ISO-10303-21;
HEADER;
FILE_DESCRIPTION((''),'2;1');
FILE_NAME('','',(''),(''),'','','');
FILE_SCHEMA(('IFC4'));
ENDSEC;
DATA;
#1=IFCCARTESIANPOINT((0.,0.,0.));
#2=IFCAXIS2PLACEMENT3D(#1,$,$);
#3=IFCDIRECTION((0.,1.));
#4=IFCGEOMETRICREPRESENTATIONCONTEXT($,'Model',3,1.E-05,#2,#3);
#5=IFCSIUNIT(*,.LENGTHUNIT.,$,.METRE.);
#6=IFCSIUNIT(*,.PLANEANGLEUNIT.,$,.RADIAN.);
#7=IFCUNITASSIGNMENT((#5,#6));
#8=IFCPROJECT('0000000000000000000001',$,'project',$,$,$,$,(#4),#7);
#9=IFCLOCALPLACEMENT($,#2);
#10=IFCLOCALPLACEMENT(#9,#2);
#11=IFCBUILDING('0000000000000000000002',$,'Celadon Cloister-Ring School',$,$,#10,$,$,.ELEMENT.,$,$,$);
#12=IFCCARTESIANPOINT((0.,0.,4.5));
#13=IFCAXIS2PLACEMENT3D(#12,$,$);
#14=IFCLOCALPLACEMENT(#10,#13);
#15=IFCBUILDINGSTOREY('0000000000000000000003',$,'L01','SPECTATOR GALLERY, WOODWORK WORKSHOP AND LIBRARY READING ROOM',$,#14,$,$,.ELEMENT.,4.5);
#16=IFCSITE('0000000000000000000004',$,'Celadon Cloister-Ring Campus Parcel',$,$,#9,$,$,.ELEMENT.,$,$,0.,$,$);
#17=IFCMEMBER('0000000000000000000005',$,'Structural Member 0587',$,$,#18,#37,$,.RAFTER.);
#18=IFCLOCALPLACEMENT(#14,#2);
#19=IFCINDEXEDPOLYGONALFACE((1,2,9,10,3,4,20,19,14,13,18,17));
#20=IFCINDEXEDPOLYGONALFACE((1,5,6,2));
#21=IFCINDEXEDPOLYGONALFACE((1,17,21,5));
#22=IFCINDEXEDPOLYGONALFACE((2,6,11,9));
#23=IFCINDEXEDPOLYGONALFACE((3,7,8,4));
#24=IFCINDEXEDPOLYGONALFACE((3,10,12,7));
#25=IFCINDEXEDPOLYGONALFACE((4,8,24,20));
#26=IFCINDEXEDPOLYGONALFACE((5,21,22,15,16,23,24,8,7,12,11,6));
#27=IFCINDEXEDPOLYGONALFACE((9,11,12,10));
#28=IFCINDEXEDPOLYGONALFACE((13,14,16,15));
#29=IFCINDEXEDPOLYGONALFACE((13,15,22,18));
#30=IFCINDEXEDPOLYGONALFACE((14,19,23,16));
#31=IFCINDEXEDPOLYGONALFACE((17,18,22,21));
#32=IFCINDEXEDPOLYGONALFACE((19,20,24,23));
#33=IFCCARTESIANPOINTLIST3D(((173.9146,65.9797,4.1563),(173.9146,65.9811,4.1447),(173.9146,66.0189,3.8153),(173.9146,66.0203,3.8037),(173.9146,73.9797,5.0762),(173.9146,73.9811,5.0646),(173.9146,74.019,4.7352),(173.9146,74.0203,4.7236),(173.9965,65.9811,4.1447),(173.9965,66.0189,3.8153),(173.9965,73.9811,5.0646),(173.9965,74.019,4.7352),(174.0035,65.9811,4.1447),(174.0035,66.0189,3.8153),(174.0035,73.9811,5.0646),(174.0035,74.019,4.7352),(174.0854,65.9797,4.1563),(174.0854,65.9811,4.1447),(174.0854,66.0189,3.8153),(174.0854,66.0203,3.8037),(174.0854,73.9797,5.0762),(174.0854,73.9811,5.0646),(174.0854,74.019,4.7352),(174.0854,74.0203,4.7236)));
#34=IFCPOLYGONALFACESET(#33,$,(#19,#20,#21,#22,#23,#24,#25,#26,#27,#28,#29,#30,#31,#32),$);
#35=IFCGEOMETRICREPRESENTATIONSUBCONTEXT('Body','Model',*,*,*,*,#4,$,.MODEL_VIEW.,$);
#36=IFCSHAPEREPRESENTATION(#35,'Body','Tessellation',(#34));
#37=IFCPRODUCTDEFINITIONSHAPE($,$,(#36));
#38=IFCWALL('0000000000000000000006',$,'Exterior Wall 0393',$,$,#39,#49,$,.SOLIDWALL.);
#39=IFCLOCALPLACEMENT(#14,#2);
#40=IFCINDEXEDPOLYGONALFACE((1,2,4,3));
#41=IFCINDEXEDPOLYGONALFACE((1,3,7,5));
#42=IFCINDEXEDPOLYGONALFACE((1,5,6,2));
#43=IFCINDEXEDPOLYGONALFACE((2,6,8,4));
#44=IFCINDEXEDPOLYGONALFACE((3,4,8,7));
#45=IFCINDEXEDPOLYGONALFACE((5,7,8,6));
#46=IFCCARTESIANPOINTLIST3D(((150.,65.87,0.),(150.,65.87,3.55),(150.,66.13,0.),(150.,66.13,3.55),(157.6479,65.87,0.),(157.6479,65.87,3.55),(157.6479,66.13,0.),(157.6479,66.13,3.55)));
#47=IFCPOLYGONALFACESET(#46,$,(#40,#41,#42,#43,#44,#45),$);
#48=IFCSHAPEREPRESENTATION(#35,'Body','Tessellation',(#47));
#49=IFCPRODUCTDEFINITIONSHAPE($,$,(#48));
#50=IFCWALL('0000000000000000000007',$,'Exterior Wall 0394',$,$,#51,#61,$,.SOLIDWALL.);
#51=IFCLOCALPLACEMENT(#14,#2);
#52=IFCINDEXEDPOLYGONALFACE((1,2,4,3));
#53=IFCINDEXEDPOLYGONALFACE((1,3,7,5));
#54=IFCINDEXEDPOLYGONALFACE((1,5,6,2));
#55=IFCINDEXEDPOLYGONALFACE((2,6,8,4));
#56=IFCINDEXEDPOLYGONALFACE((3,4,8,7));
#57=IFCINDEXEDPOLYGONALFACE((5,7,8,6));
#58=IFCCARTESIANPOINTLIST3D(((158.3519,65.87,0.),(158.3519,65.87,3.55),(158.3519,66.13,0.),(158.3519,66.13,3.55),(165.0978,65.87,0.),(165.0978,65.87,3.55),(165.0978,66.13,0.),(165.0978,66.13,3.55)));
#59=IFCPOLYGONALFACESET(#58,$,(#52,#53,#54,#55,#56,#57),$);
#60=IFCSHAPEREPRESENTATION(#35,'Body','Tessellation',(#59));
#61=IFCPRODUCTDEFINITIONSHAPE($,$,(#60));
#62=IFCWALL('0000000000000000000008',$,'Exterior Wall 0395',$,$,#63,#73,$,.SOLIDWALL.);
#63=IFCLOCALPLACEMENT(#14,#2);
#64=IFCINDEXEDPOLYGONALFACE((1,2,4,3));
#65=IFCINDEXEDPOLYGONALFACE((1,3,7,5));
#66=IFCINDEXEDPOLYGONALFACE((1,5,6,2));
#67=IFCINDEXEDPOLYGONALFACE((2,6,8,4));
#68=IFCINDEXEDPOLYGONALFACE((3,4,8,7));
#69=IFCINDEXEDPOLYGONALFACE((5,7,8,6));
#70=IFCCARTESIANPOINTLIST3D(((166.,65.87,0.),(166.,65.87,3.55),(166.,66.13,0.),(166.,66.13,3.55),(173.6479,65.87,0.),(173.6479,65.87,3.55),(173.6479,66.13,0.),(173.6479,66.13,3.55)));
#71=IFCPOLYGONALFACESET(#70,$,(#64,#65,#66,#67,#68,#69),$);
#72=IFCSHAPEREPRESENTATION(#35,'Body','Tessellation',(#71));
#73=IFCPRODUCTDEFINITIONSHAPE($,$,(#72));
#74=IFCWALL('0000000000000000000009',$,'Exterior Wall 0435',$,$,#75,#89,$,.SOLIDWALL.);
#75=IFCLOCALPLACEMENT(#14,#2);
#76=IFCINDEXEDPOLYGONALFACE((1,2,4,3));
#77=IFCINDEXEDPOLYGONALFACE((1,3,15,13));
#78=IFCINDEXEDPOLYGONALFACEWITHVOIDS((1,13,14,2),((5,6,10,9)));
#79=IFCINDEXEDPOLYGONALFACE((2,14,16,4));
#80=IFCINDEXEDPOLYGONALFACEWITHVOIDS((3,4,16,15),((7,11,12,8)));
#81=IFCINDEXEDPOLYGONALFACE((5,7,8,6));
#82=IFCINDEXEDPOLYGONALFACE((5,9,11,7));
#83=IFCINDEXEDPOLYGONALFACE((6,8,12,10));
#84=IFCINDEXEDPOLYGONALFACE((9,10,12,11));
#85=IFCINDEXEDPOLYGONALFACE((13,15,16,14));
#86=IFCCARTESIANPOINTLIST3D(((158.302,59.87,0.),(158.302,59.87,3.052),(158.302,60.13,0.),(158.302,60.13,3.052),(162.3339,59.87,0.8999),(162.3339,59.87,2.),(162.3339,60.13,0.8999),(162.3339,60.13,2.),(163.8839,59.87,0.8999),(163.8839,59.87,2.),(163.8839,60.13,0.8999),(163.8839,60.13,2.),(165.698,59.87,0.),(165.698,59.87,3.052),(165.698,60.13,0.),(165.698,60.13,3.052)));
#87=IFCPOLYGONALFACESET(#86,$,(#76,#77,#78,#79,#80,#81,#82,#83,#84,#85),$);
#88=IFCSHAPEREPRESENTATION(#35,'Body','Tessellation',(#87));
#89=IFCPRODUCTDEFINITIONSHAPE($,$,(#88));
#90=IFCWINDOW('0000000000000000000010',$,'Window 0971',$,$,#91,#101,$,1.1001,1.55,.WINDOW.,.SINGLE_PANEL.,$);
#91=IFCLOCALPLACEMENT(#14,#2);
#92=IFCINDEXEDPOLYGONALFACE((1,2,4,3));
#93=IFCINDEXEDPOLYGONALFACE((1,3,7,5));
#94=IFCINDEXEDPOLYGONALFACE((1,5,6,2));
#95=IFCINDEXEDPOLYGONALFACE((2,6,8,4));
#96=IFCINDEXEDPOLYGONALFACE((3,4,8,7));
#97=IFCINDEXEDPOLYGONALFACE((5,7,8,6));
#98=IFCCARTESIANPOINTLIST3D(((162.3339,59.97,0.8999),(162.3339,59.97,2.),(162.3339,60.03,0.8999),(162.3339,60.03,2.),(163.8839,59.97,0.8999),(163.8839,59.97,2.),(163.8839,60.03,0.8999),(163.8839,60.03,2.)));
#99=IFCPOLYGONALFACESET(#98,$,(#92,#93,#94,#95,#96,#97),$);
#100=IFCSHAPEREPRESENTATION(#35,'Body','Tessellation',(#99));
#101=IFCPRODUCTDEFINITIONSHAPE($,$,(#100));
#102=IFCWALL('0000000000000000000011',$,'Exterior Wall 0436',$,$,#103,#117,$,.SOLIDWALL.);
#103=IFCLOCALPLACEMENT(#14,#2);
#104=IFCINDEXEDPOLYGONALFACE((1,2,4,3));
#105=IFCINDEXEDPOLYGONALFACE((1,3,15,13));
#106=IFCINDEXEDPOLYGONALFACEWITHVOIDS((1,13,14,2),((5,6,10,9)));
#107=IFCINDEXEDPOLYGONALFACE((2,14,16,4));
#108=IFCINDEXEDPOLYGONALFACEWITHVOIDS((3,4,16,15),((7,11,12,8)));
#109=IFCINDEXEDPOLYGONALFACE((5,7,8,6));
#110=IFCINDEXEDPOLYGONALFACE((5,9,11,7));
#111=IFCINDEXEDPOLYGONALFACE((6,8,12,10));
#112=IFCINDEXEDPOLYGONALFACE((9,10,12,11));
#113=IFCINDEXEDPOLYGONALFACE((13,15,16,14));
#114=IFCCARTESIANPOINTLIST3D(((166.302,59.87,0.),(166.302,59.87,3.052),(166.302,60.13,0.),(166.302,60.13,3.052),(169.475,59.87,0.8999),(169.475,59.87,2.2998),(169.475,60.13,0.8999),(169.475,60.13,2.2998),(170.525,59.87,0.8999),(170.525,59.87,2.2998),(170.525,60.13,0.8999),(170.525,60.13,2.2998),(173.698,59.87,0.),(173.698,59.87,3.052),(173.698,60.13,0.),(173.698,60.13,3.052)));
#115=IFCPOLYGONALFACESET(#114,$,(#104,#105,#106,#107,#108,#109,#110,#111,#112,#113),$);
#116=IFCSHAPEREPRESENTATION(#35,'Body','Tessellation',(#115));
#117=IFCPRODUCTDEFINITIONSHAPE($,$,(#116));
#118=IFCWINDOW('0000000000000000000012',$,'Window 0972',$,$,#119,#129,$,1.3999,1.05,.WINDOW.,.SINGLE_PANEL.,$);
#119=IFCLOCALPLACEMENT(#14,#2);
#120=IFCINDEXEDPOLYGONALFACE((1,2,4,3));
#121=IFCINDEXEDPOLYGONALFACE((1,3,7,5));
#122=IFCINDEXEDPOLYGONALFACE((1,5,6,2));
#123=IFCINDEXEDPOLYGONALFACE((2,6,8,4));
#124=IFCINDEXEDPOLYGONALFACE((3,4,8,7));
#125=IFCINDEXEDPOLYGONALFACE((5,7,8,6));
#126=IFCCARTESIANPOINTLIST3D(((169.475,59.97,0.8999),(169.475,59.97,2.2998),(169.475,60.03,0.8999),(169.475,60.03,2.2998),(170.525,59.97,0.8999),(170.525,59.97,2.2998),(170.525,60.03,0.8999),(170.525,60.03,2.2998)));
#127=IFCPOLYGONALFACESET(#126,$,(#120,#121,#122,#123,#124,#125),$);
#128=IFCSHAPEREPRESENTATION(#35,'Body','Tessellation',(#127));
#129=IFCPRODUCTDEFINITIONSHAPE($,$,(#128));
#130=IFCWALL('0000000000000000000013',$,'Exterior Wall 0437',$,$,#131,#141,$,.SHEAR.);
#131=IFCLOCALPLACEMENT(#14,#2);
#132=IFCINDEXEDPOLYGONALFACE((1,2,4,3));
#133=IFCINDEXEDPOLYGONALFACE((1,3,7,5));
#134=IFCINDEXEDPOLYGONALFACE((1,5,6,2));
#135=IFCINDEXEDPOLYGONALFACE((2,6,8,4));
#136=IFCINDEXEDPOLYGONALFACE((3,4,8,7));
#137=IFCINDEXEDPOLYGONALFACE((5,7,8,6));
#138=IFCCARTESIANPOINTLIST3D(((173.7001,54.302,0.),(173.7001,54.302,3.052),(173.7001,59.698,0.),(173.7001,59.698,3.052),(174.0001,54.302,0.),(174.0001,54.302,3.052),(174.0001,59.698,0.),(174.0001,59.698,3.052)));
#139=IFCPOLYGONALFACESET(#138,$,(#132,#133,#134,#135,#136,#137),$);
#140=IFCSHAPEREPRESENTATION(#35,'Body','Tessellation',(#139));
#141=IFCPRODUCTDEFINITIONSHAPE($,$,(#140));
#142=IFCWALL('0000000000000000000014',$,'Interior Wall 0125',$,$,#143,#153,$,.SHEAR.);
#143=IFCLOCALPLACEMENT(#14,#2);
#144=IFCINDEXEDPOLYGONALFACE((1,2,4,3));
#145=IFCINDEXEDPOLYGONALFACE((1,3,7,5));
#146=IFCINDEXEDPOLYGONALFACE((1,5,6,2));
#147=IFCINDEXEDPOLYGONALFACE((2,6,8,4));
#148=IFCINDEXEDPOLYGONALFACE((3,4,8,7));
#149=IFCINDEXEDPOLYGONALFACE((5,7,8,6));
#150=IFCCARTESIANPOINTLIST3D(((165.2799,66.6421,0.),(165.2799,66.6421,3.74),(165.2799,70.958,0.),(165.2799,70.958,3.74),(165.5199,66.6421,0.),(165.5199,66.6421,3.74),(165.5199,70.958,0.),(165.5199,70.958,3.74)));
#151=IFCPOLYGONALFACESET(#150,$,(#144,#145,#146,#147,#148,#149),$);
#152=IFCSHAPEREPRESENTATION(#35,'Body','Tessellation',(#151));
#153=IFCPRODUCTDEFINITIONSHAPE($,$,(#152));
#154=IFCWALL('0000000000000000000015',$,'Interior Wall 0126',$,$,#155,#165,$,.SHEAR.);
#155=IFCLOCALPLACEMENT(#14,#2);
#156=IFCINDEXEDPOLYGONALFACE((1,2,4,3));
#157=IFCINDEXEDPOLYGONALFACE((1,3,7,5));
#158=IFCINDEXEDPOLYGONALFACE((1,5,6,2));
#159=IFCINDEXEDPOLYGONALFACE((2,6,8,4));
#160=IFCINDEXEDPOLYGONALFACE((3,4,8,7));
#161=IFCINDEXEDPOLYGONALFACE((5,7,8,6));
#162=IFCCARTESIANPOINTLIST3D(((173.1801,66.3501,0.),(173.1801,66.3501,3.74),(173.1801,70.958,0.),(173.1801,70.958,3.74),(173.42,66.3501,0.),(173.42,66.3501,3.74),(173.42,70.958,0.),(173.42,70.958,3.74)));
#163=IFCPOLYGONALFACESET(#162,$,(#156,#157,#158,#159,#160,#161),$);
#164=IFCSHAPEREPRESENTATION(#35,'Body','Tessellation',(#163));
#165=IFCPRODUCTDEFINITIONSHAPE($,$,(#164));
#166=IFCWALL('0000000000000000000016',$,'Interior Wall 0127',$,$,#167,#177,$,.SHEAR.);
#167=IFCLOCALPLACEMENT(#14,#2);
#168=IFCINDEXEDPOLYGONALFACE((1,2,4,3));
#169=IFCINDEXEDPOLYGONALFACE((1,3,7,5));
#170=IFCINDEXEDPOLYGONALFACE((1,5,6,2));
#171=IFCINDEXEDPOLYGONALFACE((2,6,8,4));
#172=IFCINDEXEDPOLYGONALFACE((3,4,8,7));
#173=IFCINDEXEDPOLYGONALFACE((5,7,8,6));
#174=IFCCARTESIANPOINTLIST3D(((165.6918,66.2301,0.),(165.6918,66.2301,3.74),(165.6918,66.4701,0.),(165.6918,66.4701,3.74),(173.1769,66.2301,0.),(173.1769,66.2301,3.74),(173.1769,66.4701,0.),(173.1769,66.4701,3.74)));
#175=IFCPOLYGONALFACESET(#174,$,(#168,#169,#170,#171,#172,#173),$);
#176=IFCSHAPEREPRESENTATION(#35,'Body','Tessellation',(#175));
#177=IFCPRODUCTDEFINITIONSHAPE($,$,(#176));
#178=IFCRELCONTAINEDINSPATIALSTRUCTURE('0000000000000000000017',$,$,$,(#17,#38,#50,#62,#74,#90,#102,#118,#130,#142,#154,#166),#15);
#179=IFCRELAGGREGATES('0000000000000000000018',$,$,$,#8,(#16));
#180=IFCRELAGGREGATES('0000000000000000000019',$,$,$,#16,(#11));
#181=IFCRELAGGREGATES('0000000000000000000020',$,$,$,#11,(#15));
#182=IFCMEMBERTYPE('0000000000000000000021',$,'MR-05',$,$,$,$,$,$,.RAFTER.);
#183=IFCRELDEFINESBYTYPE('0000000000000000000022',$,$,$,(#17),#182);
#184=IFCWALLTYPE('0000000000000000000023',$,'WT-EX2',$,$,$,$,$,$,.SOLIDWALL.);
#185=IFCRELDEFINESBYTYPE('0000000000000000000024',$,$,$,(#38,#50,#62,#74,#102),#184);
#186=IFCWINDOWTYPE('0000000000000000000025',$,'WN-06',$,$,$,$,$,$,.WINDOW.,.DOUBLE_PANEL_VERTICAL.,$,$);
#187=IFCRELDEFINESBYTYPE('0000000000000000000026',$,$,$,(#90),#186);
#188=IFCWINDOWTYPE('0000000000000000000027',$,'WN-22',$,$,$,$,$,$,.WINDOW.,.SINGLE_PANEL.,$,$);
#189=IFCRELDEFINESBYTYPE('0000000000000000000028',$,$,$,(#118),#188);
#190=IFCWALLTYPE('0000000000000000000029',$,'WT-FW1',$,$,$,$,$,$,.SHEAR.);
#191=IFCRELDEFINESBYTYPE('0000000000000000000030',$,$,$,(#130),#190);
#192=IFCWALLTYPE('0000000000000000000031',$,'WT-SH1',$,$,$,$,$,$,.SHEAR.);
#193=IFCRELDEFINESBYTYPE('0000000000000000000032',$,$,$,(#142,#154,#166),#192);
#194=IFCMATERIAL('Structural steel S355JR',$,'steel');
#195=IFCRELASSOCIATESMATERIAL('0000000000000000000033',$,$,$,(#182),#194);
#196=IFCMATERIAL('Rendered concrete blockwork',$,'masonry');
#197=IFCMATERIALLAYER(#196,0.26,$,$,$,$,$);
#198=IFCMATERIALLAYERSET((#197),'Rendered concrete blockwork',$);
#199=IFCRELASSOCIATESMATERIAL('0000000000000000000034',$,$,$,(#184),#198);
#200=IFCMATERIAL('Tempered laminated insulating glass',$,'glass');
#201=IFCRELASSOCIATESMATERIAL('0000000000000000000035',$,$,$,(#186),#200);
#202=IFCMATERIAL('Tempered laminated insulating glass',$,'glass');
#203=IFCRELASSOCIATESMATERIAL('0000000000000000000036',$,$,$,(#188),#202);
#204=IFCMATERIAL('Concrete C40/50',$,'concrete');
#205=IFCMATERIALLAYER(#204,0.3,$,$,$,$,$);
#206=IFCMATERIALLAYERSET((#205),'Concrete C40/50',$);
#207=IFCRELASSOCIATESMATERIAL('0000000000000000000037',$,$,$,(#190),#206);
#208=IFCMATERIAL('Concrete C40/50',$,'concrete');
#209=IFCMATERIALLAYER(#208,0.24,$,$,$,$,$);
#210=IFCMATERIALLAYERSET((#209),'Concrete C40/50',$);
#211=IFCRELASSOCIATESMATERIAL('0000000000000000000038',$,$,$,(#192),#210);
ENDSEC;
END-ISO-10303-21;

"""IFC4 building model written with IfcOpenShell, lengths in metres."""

from ifc_helpers import new_model, si_unit, direction, frame, frame_2d, origin, origin_2d, place, context, subcontext, project, spatial, rectangle, i_section, extrude, material, layer, layer_set, material_profile, profile_set, type_object, element, fill, save


model = new_model("IFC4")

# Units and contexts
model_context = context("Model", 3, precision=1e-05, world=origin(), true_north=direction((0.0, 1.0)))
body_context = subcontext(model_context, "Body", "Model", "MODEL_VIEW")
ifc_project = project(units=[si_unit("LENGTHUNIT", "METRE"), si_unit("PLANEANGLEUNIT", "RADIAN")], contexts=[model_context])

# Site, building, storey
site_placement = place(None, origin())
site = spatial("IfcSite", under=ifc_project, at=site_placement, Name="Celadon Cloister-Ring Campus Parcel", CompositionType="ELEMENT", RefElevation=0.0)
building_placement = place(site_placement, origin())
building = spatial("IfcBuilding", under=site, at=building_placement, Name="Celadon Cloister-Ring School", CompositionType="ELEMENT")
storey_placement = place(building_placement, frame((0.0, 0.0, 4.5)))
storey = spatial("IfcBuildingStorey", under=building, at=storey_placement, Name="L01", Description="SPECTATOR GALLERY, WOODWORK WORKSHOP AND LIBRARY READING ROOM", CompositionType="ELEMENT", Elevation=4.5)

# Member
ifc_material_1 = material(Name="Structural steel S355JR", Category="steel")
ifc_material_profile_1 = material_profile(ifc_material_1, i_section(OverallWidth=0.1709, OverallDepth=0.355, WebThickness=0.0071, FlangeThickness=0.0117, at=origin_2d()), Name="W360X51")
ifc_profile_set_1 = profile_set([ifc_material_profile_1], Name="Structural steel S355JR")
member_type_1 = type_object("IfcMemberType", Name="MR-05", PredefinedType="RAFTER", material=ifc_profile_set_1)
for number, where, z_axis, x_axis, name in (
    (1, (174.0, 66.0, 3.98), (0.0, 0.993453, 0.114237), (-1.0, 0.0, 0.0), "Structural Member 0587"),
):
    element("IfcMember", number, at=place(storey_placement, frame(where, z_axis=z_axis, x_axis=x_axis)), inside=storey, type_object=member_type_1, Name=name, PredefinedType="RAFTER", context=body_context, shape_type="SweptSolid", body=[
        extrude(i_section(OverallWidth=0.1709, OverallDepth=0.355, WebThickness=0.0071, FlangeThickness=0.0117, at=origin_2d()), origin(), (0.0, 0.0, 1.0), 8.0527),
    ])

# Walls
ifc_material_2 = material(Name="Rendered concrete blockwork", Category="masonry")
ifc_layer_1 = layer(ifc_material_2, 0.26)
ifc_layer_set_1 = layer_set([ifc_layer_1], Name="Rendered concrete blockwork")
wall_type_1 = type_object("IfcWallType", Name="WT-EX2", PredefinedType="SOLIDWALL", material=ifc_layer_set_1)
wall_1_placement = place(storey_placement, frame((157.6479, 66.0, 0.0), z_axis=(0.0, 0.0, 1.0), x_axis=(-1.0, 0.0, 0.0)))
element("IfcWall", 2, at=wall_1_placement, inside=storey, type_object=wall_type_1, Name="Exterior Wall 0393", PredefinedType="SOLIDWALL", context=body_context, shape_type="SweptSolid", body=[
    extrude(rectangle(XDim=7.6479, YDim=0.26, at=frame_2d((3.824, 0.0))), origin(), (0.0, 0.0, 1.0), 3.55),
])
wall_2_placement = place(storey_placement, frame((165.0979, 66.0, 0.0), z_axis=(0.0, 0.0, 1.0), x_axis=(-1.0, 0.0, 0.0)))
element("IfcWall", 3, at=wall_2_placement, inside=storey, type_object=wall_type_1, Name="Exterior Wall 0394", PredefinedType="SOLIDWALL", context=body_context, shape_type="SweptSolid", body=[
    extrude(rectangle(XDim=6.7458, YDim=0.26, at=frame_2d((3.373, 0.0))), origin(), (0.0, 0.0, 1.0), 3.55),
])
wall_3_placement = place(storey_placement, frame((173.6479, 66.0, 0.0), z_axis=(0.0, 0.0, 1.0), x_axis=(-1.0, 0.0, 0.0)))
element("IfcWall", 4, at=wall_3_placement, inside=storey, type_object=wall_type_1, Name="Exterior Wall 0395", PredefinedType="SOLIDWALL", context=body_context, shape_type="SweptSolid", body=[
    extrude(rectangle(XDim=7.6479, YDim=0.26, at=frame_2d((3.824, 0.0))), origin(), (0.0, 0.0, 1.0), 3.55),
])

# Walls, openings, windows
wall_4_placement = place(storey_placement, frame((158.302, 60.0, 0.0), z_axis=(0.0, 0.0, 1.0), x_axis=(1.0, 0.0, 0.0)))
wall_4 = element("IfcWall", 5, at=wall_4_placement, inside=storey, type_object=wall_type_1, Name="Exterior Wall 0435", PredefinedType="SOLIDWALL", context=body_context, shape_type="SweptSolid", body=[
    extrude(rectangle(XDim=7.396, YDim=0.26, at=frame_2d((3.698, 0.0))), origin(), (0.0, 0.0, 1.0), 3.052),
])
opening_1_placement = place(wall_4_placement, frame((4.032, 0.0, 0.8999)))
opening_1 = element("IfcOpeningElement", 6, at=opening_1_placement, cuts=wall_4, PredefinedType="OPENING", context=body_context, shape_type="SweptSolid", body=[
    extrude(rectangle(XDim=1.55, YDim=1.1001, at=frame_2d((0.7749, 0.55))), frame((0.0, 0.1401, 0.0), z_axis=(0.0, -1.0, 0.0), x_axis=(1.0, 0.0, 0.0)), (0.0, 0.0, 1.0), 0.28),
])
ifc_material_3 = material(Name="Tempered laminated insulating glass", Category="glass")
window_type_1 = type_object("IfcWindowType", Name="WN-06", PartitioningType="DOUBLE_PANEL_VERTICAL", PredefinedType="WINDOW", material=ifc_material_3)
window_1_placement = place(opening_1_placement, origin())
window_1 = element("IfcWindow", 7, at=window_1_placement, inside=storey, type_object=window_type_1, Name="Window 0971", OverallHeight=1.1001, OverallWidth=1.55, PartitioningType="SINGLE_PANEL", PredefinedType="WINDOW", context=body_context, shape_type="SweptSolid", body=[
    extrude(rectangle(XDim=1.55, YDim=1.1001, at=frame_2d((0.7749, 0.55))), frame((0.0, 0.03, 0.0), z_axis=(0.0, -1.0, 0.0), x_axis=(1.0, 0.0, 0.0)), (0.0, 0.0, 1.0), 0.0601),
])
fill(opening_1, window_1)
wall_5_placement = place(storey_placement, frame((166.302, 60.0, 0.0), z_axis=(0.0, 0.0, 1.0), x_axis=(1.0, 0.0, 0.0)))
wall_5 = element("IfcWall", 8, at=wall_5_placement, inside=storey, type_object=wall_type_1, Name="Exterior Wall 0436", PredefinedType="SOLIDWALL", context=body_context, shape_type="SweptSolid", body=[
    extrude(rectangle(XDim=7.396, YDim=0.26, at=frame_2d((3.698, 0.0))), origin(), (0.0, 0.0, 1.0), 3.052),
])
opening_2_placement = place(wall_5_placement, frame((3.1731, 0.0, 0.8999)))
opening_2 = element("IfcOpeningElement", 9, at=opening_2_placement, cuts=wall_5, PredefinedType="OPENING", context=body_context, shape_type="SweptSolid", body=[
    extrude(rectangle(XDim=1.05, YDim=1.3999, at=frame_2d((0.5249, 0.7))), frame((0.0, 0.1401, 0.0), z_axis=(0.0, -1.0, 0.0), x_axis=(1.0, 0.0, 0.0)), (0.0, 0.0, 1.0), 0.28),
])
ifc_material_4 = material(Name="Tempered laminated insulating glass", Category="glass")
window_type_2 = type_object("IfcWindowType", Name="WN-22", PartitioningType="SINGLE_PANEL", PredefinedType="WINDOW", material=ifc_material_4)
window_2_placement = place(opening_2_placement, origin())
window_2 = element("IfcWindow", 10, at=window_2_placement, inside=storey, type_object=window_type_2, Name="Window 0972", OverallHeight=1.3999, OverallWidth=1.05, PartitioningType="SINGLE_PANEL", PredefinedType="WINDOW", context=body_context, shape_type="SweptSolid", body=[
    extrude(rectangle(XDim=1.05, YDim=1.3999, at=frame_2d((0.5249, 0.7))), frame((0.0, 0.03, 0.0), z_axis=(0.0, -1.0, 0.0), x_axis=(1.0, 0.0, 0.0)), (0.0, 0.0, 1.0), 0.0601),
])
fill(opening_2, window_2)

# Walls
ifc_material_5 = material(Name="Concrete C40/50", Category="concrete")
ifc_layer_2 = layer(ifc_material_5, 0.3)
ifc_layer_set_2 = layer_set([ifc_layer_2], Name="Concrete C40/50")
wall_type_2 = type_object("IfcWallType", Name="WT-FW1", PredefinedType="SHEAR", material=ifc_layer_set_2)
wall_6_placement = place(storey_placement, frame((173.8501, 59.698, 0.0), z_axis=(0.0, 0.0, 1.0), x_axis=(0.0, -1.0, 0.0)))
element("IfcWall", 11, at=wall_6_placement, inside=storey, type_object=wall_type_2, Name="Exterior Wall 0437", PredefinedType="SHEAR", context=body_context, shape_type="SweptSolid", body=[
    extrude(rectangle(XDim=5.396, YDim=0.3, at=frame_2d((2.698, 0.0))), origin(), (0.0, 0.0, 1.0), 3.052),
])
ifc_material_6 = material(Name="Concrete C40/50", Category="concrete")
ifc_layer_3 = layer(ifc_material_6, 0.24)
ifc_layer_set_3 = layer_set([ifc_layer_3], Name="Concrete C40/50")
wall_type_3 = type_object("IfcWallType", Name="WT-SH1", PredefinedType="SHEAR", material=ifc_layer_set_3)
wall_7_placement = place(storey_placement, frame((165.3999, 66.6421, 0.0), z_axis=(0.0, 0.0, 1.0), x_axis=(0.0, 1.0, 0.0)))
element("IfcWall", 12, at=wall_7_placement, inside=storey, type_object=wall_type_3, Name="Interior Wall 0125", PredefinedType="SHEAR", context=body_context, shape_type="SweptSolid", body=[
    extrude(rectangle(XDim=4.3159, YDim=0.24, at=frame_2d((2.158, 0.0))), origin(), (0.0, 0.0, 1.0), 3.74),
])
wall_8_placement = place(storey_placement, frame((173.3, 70.958, 0.0), z_axis=(0.0, 0.0, 1.0), x_axis=(0.0, -1.0, 0.0)))
element("IfcWall", 13, at=wall_8_placement, inside=storey, type_object=wall_type_3, Name="Interior Wall 0126", PredefinedType="SHEAR", context=body_context, shape_type="SweptSolid", body=[
    extrude(rectangle(XDim=4.6079, YDim=0.24, at=frame_2d((2.304, 0.0))), origin(), (0.0, 0.0, 1.0), 3.74),
])
wall_9_placement = place(storey_placement, frame((173.177, 66.3501, 0.0), z_axis=(0.0, 0.0, 1.0), x_axis=(-1.0, 0.0, 0.0)))
element("IfcWall", 14, at=wall_9_placement, inside=storey, type_object=wall_type_3, Name="Interior Wall 0127", PredefinedType="SHEAR", context=body_context, shape_type="SweptSolid", body=[
    extrude(rectangle(XDim=7.4851, YDim=0.24, at=frame_2d((3.7427, 0.0))), origin(), (0.0, 0.0, 1.0), 3.74),
])

save(model, "model.ifc")
